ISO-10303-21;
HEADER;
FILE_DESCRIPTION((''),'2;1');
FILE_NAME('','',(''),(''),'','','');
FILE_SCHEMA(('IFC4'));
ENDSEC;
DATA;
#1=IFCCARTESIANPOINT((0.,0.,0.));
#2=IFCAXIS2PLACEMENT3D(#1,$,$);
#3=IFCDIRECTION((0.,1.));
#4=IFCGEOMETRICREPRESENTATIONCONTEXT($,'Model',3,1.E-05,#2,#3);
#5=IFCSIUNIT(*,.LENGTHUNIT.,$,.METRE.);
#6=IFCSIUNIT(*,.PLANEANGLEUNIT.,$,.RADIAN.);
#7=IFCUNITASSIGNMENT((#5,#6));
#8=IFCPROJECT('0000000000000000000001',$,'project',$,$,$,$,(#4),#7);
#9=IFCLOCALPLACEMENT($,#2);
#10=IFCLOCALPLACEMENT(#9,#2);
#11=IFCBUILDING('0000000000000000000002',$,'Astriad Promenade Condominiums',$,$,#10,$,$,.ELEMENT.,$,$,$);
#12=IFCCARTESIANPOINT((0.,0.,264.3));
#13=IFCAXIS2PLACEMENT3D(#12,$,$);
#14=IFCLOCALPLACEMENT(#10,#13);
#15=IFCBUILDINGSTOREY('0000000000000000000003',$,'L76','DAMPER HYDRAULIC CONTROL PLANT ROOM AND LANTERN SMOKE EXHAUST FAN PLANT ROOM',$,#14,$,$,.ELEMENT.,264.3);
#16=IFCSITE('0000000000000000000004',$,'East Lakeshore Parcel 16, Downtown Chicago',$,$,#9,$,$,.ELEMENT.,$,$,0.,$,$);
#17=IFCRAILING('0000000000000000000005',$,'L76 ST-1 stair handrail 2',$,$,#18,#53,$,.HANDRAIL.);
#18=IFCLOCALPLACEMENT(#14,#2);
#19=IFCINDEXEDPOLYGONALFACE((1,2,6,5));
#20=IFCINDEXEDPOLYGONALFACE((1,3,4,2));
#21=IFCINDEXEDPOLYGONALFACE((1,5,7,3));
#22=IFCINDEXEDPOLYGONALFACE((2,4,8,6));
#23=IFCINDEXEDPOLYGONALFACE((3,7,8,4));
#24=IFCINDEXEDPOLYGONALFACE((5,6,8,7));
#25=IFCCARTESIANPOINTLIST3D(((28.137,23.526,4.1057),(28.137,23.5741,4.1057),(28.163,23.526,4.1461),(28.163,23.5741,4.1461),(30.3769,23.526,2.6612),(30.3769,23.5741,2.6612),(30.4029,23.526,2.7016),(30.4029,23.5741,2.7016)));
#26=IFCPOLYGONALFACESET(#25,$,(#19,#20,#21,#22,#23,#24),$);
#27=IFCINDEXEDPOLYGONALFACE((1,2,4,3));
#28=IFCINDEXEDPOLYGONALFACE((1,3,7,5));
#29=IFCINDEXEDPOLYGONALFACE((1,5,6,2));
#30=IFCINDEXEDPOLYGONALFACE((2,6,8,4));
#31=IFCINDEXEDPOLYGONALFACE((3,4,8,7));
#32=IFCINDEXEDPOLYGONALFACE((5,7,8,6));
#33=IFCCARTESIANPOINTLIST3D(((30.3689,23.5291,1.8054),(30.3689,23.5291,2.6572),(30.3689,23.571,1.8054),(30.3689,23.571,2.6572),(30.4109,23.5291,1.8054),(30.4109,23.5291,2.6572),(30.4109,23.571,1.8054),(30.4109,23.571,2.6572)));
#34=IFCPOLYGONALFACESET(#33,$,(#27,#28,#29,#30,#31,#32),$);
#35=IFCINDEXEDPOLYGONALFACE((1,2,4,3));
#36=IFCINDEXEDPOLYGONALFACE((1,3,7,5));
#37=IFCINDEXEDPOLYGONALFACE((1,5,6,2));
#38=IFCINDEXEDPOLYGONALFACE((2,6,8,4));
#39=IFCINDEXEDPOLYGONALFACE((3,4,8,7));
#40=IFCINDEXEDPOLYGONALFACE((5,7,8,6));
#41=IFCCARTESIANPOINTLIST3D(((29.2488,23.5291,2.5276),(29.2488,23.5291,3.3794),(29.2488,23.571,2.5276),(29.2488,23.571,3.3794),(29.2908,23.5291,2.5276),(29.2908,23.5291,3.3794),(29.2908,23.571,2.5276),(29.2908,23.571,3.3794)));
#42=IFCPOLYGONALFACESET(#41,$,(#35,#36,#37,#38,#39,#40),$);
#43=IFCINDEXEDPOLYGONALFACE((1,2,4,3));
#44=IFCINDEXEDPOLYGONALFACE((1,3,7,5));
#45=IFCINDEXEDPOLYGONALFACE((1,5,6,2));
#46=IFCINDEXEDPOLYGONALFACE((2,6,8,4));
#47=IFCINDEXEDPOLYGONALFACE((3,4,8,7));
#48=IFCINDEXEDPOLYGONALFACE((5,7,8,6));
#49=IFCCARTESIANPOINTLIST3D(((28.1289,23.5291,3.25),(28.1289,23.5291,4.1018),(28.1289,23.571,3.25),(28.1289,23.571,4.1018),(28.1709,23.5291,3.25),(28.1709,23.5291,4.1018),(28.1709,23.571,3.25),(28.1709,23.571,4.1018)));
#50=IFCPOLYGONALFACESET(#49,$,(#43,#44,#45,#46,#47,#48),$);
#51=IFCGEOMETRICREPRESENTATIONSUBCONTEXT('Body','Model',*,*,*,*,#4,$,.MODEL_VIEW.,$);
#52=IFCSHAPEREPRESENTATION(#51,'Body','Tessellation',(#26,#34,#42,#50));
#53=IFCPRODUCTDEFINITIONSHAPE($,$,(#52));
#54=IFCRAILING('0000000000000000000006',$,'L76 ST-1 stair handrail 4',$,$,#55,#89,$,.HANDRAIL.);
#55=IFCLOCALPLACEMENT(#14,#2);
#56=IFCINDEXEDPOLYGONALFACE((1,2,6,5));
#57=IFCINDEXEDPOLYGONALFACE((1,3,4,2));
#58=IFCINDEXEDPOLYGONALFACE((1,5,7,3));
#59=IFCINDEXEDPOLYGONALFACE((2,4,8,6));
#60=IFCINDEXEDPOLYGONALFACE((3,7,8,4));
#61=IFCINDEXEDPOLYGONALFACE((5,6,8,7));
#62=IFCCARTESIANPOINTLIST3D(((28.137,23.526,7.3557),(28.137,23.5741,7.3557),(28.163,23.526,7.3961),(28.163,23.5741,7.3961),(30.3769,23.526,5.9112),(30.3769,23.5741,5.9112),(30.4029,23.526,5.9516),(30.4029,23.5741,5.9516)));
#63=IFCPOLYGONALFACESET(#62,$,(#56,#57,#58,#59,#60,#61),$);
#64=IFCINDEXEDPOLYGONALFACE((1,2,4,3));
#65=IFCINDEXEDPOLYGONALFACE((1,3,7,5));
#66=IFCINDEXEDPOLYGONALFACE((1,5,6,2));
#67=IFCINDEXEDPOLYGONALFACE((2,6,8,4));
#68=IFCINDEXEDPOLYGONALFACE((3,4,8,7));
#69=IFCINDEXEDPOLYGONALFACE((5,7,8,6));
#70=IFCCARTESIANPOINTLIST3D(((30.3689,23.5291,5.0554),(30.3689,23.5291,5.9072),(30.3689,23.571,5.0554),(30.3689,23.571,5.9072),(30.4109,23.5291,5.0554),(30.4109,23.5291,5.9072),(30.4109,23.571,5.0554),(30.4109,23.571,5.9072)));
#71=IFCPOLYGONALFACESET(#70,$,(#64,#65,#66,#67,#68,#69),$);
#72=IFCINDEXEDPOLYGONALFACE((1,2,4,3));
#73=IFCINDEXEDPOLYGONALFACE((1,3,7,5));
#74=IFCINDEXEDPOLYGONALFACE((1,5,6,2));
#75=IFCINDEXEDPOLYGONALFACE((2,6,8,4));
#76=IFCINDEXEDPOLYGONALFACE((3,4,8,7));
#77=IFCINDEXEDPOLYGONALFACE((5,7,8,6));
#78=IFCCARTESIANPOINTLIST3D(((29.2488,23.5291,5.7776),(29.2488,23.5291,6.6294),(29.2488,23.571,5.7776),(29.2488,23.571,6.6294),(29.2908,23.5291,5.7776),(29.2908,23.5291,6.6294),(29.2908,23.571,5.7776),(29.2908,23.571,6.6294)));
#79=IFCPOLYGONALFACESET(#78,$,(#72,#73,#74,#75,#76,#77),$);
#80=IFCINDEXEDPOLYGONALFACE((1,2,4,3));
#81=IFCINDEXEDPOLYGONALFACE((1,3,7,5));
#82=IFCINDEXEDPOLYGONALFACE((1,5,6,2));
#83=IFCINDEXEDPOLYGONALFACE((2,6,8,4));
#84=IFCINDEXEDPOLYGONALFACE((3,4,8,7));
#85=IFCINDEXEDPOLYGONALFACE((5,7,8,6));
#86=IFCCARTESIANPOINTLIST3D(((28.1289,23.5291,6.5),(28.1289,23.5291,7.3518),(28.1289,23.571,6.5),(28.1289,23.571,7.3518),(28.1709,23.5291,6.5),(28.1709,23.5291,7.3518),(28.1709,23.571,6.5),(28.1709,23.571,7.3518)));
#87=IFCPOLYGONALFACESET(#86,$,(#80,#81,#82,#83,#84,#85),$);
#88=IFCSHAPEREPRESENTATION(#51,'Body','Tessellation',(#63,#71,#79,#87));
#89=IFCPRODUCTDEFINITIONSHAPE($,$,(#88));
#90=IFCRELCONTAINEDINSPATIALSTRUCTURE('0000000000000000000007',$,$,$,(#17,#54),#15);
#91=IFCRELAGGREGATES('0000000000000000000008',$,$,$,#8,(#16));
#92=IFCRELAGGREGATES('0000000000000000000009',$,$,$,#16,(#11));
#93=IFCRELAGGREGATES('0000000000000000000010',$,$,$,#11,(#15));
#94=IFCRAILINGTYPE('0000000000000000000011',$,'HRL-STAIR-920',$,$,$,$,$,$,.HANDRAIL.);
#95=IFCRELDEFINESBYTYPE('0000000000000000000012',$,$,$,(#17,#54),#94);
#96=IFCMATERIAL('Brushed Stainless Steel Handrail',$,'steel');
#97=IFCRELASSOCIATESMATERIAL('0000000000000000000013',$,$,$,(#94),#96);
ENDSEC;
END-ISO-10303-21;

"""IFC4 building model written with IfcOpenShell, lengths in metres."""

from ifc_helpers import new_model, si_unit, direction, frame, origin, origin_2d, place, context, subcontext, project, spatial, rectangle, extrude, source, transform, mapped, material, type_object, type_shapes, element, save


model = new_model("IFC4")

# Units and contexts
model_context = context("Model", 3, precision=1e-05, world=origin(), true_north=direction((0.0, 1.0)))
body_context = subcontext(model_context, "Body", "Model", "MODEL_VIEW")
ifc_project = project(units=[si_unit("LENGTHUNIT", "METRE"), si_unit("PLANEANGLEUNIT", "RADIAN")], contexts=[model_context])

# Site, building, storey
site_placement = place(None, origin())
site = spatial("IfcSite", under=ifc_project, at=site_placement, Name="East Lakeshore Parcel 16, Downtown Chicago", CompositionType="ELEMENT", RefElevation=0.0)
building_placement = place(site_placement, origin())
building = spatial("IfcBuilding", under=site, at=building_placement, Name="Astriad Promenade Condominiums", CompositionType="ELEMENT")
storey_placement = place(building_placement, frame((0.0, 0.0, 264.3)))
storey = spatial("IfcBuildingStorey", under=building, at=storey_placement, Name="L76", Description="DAMPER HYDRAULIC CONTROL PLANT ROOM AND LANTERN SMOKE EXHAUST FAN PLANT ROOM", CompositionType="ELEMENT", Elevation=264.3)

# Railings
ifc_material_1 = material(Name="Brushed Stainless Steel Handrail", Category="steel")
railing_type_1 = type_object("IfcRailingType", Name="HRL-STAIR-920", PredefinedType="HANDRAIL", material=ifc_material_1)
shared_shape_1 = source(origin(), body_context, "Body", "SweptSolid", [
    extrude(rectangle(XDim=0.0481, YDim=0.0481, at=origin_2d()), frame((0.0, 0.0, 0.876), z_axis=(-0.840395, 0.0, 0.541975), x_axis=(0.0, -1.0, 0.0)), (0.0, 0.0, 1.0), 2.6653),
    extrude(rectangle(XDim=0.042, YDim=0.042, at=origin_2d()), origin(), (0.0, 0.0, 1.0), 0.8518),
    extrude(rectangle(XDim=0.042, YDim=0.042, at=origin_2d()), frame((-1.1201, 0.0, 0.7222)), (0.0, 0.0, 1.0), 0.8518),
    extrude(rectangle(XDim=0.042, YDim=0.042, at=origin_2d()), frame((-2.24, 0.0, 1.4446)), (0.0, 0.0, 1.0), 0.8518),
])
type_shapes(railing_type_1, [shared_shape_1])
for number, where, name in (
    (1, (30.3899, 23.55, 1.8054), "L76 ST-1 stair handrail 2"),
    (2, (30.3899, 23.55, 5.0554), "L76 ST-1 stair handrail 4"),
):
    element("IfcRailing", number, at=place(storey_placement, frame(where)), inside=storey, type_object=railing_type_1, Name=name, PredefinedType="HANDRAIL", context=body_context, shape_type="MappedRepresentation", body=[
        mapped(shared_shape_1, transform((0.0, 0.0, 0.0), scale=1.0)),
    ])

save(model, "model.ifc")
